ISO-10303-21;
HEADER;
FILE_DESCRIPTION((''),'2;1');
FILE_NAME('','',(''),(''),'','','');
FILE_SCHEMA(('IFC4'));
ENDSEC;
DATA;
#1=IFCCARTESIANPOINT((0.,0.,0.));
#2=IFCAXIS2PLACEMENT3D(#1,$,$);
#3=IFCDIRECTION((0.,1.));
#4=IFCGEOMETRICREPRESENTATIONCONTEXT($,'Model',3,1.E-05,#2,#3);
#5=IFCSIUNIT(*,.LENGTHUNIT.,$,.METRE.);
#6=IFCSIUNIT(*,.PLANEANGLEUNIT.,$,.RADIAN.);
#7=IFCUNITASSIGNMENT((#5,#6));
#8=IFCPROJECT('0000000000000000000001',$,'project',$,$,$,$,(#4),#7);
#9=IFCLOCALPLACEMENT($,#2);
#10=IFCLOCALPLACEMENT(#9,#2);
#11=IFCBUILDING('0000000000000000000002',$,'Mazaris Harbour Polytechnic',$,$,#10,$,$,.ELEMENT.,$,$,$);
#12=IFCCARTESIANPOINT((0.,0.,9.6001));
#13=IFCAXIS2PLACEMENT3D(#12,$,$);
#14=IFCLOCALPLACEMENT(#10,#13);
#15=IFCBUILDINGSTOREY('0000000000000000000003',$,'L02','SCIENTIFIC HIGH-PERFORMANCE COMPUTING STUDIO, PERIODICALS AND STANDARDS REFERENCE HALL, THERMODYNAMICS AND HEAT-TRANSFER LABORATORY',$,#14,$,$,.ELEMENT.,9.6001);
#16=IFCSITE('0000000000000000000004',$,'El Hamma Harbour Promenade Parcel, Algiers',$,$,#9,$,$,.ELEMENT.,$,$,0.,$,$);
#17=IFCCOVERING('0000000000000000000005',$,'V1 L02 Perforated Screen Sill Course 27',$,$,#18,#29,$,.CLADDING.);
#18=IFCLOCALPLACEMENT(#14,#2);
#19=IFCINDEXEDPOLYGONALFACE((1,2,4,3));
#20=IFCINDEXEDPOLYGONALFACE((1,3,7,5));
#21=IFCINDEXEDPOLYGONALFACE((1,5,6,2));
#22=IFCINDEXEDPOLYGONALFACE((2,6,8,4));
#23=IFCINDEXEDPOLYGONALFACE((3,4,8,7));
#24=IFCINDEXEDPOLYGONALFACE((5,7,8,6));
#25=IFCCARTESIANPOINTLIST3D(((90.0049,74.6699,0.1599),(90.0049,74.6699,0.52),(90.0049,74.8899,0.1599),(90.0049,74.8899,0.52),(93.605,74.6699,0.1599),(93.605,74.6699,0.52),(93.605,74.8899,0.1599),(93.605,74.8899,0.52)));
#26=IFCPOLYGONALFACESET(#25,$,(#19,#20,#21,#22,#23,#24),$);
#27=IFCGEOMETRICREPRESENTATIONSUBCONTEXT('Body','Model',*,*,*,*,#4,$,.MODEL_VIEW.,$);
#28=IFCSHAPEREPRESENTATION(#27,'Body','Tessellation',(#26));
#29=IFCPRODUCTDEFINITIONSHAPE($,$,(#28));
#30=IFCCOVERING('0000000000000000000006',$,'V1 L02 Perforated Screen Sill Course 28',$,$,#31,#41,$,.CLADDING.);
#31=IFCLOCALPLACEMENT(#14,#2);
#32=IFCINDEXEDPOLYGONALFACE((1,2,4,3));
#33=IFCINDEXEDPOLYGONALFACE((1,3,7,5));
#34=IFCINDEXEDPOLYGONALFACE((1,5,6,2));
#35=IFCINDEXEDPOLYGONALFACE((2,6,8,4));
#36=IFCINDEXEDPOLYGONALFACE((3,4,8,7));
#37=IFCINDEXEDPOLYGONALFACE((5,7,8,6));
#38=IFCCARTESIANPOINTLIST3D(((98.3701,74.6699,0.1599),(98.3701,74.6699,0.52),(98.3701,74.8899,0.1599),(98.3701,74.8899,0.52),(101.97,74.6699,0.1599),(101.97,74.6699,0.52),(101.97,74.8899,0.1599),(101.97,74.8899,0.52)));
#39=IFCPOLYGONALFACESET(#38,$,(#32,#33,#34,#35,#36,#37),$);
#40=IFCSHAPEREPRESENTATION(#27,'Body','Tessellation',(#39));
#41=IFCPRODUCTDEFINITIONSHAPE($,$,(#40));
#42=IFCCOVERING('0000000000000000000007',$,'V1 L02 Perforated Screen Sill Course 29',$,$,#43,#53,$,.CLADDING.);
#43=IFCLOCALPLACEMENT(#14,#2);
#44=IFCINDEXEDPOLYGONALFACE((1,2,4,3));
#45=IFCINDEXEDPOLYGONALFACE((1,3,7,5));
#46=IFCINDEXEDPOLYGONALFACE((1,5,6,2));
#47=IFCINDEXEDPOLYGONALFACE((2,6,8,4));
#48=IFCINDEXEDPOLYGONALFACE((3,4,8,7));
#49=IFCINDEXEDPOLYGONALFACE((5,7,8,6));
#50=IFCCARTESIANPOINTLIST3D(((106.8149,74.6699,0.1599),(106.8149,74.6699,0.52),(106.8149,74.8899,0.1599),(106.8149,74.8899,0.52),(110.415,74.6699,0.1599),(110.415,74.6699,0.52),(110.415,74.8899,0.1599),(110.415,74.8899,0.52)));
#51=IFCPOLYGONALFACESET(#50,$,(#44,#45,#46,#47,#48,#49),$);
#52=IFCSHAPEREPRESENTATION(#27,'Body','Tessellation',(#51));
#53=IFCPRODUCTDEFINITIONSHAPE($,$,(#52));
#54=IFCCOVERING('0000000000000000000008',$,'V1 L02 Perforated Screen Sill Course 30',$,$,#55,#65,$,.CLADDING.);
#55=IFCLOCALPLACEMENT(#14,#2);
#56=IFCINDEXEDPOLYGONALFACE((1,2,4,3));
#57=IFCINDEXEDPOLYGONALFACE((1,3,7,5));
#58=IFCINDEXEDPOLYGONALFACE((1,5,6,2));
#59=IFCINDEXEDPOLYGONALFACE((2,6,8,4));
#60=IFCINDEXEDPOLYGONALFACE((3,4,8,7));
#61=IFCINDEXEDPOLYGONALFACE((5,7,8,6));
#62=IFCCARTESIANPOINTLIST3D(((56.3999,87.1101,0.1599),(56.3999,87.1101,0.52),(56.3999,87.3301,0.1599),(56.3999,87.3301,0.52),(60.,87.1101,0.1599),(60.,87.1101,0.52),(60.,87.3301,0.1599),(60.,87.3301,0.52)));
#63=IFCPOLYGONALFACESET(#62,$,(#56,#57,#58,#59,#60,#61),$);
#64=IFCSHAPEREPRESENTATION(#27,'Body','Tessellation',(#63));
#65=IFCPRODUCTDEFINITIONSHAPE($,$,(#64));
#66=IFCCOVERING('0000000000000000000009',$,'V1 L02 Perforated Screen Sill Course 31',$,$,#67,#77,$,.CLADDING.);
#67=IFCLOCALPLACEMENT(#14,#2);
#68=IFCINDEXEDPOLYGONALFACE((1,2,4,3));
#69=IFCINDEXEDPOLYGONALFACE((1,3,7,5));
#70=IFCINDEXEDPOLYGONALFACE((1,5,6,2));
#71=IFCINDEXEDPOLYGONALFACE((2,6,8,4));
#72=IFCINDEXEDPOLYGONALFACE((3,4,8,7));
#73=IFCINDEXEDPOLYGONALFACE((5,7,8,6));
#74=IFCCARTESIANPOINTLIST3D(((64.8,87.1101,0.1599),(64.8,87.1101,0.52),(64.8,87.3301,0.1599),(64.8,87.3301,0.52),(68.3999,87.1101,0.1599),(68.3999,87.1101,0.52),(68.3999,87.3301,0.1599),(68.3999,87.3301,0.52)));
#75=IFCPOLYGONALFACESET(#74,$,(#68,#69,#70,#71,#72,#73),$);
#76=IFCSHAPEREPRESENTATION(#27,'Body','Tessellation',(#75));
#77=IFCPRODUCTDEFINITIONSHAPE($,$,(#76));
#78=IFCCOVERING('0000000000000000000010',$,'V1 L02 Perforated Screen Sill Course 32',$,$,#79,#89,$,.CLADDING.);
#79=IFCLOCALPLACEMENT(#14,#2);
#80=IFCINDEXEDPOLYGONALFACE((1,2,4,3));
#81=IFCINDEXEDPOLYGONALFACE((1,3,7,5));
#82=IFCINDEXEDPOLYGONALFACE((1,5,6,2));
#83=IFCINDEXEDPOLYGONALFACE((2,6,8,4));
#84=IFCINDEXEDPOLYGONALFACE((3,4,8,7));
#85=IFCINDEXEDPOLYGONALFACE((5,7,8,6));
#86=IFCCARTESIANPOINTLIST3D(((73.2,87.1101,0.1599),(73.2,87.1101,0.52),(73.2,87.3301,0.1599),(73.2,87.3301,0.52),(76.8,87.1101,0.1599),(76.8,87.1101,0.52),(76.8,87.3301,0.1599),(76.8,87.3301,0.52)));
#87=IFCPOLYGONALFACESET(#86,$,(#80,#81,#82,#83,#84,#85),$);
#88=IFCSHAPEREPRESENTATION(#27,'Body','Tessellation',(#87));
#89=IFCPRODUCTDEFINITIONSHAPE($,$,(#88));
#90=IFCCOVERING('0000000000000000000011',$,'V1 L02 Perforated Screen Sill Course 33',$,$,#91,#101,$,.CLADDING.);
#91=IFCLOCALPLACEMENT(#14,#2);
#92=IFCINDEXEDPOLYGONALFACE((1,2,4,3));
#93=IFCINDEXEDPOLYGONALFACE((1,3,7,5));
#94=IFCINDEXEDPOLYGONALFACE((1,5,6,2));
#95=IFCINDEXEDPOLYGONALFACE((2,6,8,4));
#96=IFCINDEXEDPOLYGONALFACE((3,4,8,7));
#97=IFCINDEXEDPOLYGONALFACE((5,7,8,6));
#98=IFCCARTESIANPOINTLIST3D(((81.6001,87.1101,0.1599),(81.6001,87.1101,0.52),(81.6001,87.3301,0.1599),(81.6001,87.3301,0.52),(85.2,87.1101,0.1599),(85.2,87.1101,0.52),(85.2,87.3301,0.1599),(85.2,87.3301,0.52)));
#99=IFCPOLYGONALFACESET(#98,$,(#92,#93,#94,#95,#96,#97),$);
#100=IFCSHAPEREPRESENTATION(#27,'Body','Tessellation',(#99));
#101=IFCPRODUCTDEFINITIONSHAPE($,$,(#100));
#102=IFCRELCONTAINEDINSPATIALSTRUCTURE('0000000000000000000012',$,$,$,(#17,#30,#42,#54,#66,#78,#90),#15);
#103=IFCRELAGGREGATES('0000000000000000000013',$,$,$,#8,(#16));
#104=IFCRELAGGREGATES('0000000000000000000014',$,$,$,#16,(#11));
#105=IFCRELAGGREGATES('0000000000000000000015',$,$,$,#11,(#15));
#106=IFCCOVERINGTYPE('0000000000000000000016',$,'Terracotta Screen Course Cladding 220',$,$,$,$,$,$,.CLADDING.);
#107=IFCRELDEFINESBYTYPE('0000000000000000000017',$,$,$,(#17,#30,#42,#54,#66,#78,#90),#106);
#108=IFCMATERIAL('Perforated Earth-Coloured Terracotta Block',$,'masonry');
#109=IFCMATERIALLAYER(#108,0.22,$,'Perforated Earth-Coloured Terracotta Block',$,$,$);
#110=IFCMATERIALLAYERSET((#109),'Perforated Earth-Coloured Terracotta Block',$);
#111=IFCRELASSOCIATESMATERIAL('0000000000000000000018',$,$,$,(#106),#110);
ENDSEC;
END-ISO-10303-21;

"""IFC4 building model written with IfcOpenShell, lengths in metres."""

from ifc_helpers import new_model, si_unit, direction, frame, origin, place, context, subcontext, project, spatial, polyline, outline, extrude, material, layer, layer_set, type_object, element, save


model = new_model("IFC4")

# Units and contexts
model_context = context("Model", 3, precision=1e-05, world=origin(), true_north=direction((0.0, 1.0)))
body_context = subcontext(model_context, "Body", "Model", "MODEL_VIEW")
ifc_project = project(units=[si_unit("LENGTHUNIT", "METRE"), si_unit("PLANEANGLEUNIT", "RADIAN")], contexts=[model_context])

# Site, building, storey
site_placement = place(None, origin())
site = spatial("IfcSite", under=ifc_project, at=site_placement, Name="El Hamma Harbour Promenade Parcel, Algiers", CompositionType="ELEMENT", RefElevation=0.0)
building_placement = place(site_placement, origin())
building = spatial("IfcBuilding", under=site, at=building_placement, Name="Mazaris Harbour Polytechnic", CompositionType="ELEMENT")
storey_placement = place(building_placement, frame((0.0, 0.0, 9.6001)))
storey = spatial("IfcBuildingStorey", under=building, at=storey_placement, Name="L02", Description="SCIENTIFIC HIGH-PERFORMANCE COMPUTING STUDIO, PERIODICALS AND STANDARDS REFERENCE HALL, THERMODYNAMICS AND HEAT-TRANSFER LABORATORY", CompositionType="ELEMENT", Elevation=9.6001)

# Coverings
ifc_material_1 = material(Name="Perforated Earth-Coloured Terracotta Block", Category="masonry")
ifc_layer_1 = layer(ifc_material_1, 0.22, Name="Perforated Earth-Coloured Terracotta Block")
ifc_layer_set_1 = layer_set([ifc_layer_1], Name="Perforated Earth-Coloured Terracotta Block")
covering_type_1 = type_object("IfcCoveringType", Name="Terracotta Screen Course Cladding 220", PredefinedType="CLADDING", material=ifc_layer_set_1)
covering_1_placement = place(storey_placement, frame((0.0, 0.0, 0.1599)))
element("IfcCovering", 1, at=covering_1_placement, inside=storey, type_object=covering_type_1, Name="V1 L02 Perforated Screen Sill Course 27", PredefinedType="CLADDING", context=body_context, shape_type="SweptSolid", body=[
    extrude(outline(polyline([(93.605, 74.8899), (90.0049, 74.8899), (90.0049, 74.6699), (93.605, 74.6699), (93.605, 74.8899)])), origin(), (0.0, 0.0, 1.0), 0.3601),
])
covering_2_placement = place(storey_placement, frame((0.0, 0.0, 0.1599)))
element("IfcCovering", 2, at=covering_2_placement, inside=storey, type_object=covering_type_1, Name="V1 L02 Perforated Screen Sill Course 28", PredefinedType="CLADDING", context=body_context, shape_type="SweptSolid", body=[
    extrude(outline(polyline([(101.97, 74.8899), (98.3701, 74.8899), (98.3701, 74.6699), (101.97, 74.6699), (101.97, 74.8899)])), origin(), (0.0, 0.0, 1.0), 0.3601),
])
covering_3_placement = place(storey_placement, frame((0.0, 0.0, 0.1599)))
element("IfcCovering", 3, at=covering_3_placement, inside=storey, type_object=covering_type_1, Name="V1 L02 Perforated Screen Sill Course 29", PredefinedType="CLADDING", context=body_context, shape_type="SweptSolid", body=[
    extrude(outline(polyline([(110.415, 74.8899), (106.8149, 74.8899), (106.8149, 74.6699), (110.415, 74.6699), (110.415, 74.8899)])), origin(), (0.0, 0.0, 1.0), 0.3601),
])
covering_4_placement = place(storey_placement, frame((0.0, 0.0, 0.1599)))
element("IfcCovering", 4, at=covering_4_placement, inside=storey, type_object=covering_type_1, Name="V1 L02 Perforated Screen Sill Course 30", PredefinedType="CLADDING", context=body_context, shape_type="SweptSolid", body=[
    extrude(outline(polyline([(56.3999, 87.1101), (60.0, 87.1101), (60.0, 87.3301), (56.3999, 87.3301), (56.3999, 87.1101)])), origin(), (0.0, 0.0, 1.0), 0.3601),
])
covering_5_placement = place(storey_placement, frame((0.0, 0.0, 0.1599)))
element("IfcCovering", 5, at=covering_5_placement, inside=storey, type_object=covering_type_1, Name="V1 L02 Perforated Screen Sill Course 31", PredefinedType="CLADDING", context=body_context, shape_type="SweptSolid", body=[
    extrude(outline(polyline([(64.8, 87.1101), (68.3999, 87.1101), (68.3999, 87.3301), (64.8, 87.3301), (64.8, 87.1101)])), origin(), (0.0, 0.0, 1.0), 0.3601),
])
covering_6_placement = place(storey_placement, frame((0.0, 0.0, 0.1599)))
element("IfcCovering", 6, at=covering_6_placement, inside=storey, type_object=covering_type_1, Name="V1 L02 Perforated Screen Sill Course 32", PredefinedType="CLADDING", context=body_context, shape_type="SweptSolid", body=[
    extrude(outline(polyline([(73.2, 87.1101), (76.8, 87.1101), (76.8, 87.3301), (73.2, 87.3301), (73.2, 87.1101)])), origin(), (0.0, 0.0, 1.0), 0.3601),
])
covering_7_placement = place(storey_placement, frame((0.0, 0.0, 0.1599)))
element("IfcCovering", 7, at=covering_7_placement, inside=storey, type_object=covering_type_1, Name="V1 L02 Perforated Screen Sill Course 33", PredefinedType="CLADDING", context=body_context, shape_type="SweptSolid", body=[
    extrude(outline(polyline([(81.6001, 87.1101), (85.2, 87.1101), (85.2, 87.3301), (81.6001, 87.3301), (81.6001, 87.1101)])), origin(), (0.0, 0.0, 1.0), 0.3601),
])

save(model, "model.ifc")
